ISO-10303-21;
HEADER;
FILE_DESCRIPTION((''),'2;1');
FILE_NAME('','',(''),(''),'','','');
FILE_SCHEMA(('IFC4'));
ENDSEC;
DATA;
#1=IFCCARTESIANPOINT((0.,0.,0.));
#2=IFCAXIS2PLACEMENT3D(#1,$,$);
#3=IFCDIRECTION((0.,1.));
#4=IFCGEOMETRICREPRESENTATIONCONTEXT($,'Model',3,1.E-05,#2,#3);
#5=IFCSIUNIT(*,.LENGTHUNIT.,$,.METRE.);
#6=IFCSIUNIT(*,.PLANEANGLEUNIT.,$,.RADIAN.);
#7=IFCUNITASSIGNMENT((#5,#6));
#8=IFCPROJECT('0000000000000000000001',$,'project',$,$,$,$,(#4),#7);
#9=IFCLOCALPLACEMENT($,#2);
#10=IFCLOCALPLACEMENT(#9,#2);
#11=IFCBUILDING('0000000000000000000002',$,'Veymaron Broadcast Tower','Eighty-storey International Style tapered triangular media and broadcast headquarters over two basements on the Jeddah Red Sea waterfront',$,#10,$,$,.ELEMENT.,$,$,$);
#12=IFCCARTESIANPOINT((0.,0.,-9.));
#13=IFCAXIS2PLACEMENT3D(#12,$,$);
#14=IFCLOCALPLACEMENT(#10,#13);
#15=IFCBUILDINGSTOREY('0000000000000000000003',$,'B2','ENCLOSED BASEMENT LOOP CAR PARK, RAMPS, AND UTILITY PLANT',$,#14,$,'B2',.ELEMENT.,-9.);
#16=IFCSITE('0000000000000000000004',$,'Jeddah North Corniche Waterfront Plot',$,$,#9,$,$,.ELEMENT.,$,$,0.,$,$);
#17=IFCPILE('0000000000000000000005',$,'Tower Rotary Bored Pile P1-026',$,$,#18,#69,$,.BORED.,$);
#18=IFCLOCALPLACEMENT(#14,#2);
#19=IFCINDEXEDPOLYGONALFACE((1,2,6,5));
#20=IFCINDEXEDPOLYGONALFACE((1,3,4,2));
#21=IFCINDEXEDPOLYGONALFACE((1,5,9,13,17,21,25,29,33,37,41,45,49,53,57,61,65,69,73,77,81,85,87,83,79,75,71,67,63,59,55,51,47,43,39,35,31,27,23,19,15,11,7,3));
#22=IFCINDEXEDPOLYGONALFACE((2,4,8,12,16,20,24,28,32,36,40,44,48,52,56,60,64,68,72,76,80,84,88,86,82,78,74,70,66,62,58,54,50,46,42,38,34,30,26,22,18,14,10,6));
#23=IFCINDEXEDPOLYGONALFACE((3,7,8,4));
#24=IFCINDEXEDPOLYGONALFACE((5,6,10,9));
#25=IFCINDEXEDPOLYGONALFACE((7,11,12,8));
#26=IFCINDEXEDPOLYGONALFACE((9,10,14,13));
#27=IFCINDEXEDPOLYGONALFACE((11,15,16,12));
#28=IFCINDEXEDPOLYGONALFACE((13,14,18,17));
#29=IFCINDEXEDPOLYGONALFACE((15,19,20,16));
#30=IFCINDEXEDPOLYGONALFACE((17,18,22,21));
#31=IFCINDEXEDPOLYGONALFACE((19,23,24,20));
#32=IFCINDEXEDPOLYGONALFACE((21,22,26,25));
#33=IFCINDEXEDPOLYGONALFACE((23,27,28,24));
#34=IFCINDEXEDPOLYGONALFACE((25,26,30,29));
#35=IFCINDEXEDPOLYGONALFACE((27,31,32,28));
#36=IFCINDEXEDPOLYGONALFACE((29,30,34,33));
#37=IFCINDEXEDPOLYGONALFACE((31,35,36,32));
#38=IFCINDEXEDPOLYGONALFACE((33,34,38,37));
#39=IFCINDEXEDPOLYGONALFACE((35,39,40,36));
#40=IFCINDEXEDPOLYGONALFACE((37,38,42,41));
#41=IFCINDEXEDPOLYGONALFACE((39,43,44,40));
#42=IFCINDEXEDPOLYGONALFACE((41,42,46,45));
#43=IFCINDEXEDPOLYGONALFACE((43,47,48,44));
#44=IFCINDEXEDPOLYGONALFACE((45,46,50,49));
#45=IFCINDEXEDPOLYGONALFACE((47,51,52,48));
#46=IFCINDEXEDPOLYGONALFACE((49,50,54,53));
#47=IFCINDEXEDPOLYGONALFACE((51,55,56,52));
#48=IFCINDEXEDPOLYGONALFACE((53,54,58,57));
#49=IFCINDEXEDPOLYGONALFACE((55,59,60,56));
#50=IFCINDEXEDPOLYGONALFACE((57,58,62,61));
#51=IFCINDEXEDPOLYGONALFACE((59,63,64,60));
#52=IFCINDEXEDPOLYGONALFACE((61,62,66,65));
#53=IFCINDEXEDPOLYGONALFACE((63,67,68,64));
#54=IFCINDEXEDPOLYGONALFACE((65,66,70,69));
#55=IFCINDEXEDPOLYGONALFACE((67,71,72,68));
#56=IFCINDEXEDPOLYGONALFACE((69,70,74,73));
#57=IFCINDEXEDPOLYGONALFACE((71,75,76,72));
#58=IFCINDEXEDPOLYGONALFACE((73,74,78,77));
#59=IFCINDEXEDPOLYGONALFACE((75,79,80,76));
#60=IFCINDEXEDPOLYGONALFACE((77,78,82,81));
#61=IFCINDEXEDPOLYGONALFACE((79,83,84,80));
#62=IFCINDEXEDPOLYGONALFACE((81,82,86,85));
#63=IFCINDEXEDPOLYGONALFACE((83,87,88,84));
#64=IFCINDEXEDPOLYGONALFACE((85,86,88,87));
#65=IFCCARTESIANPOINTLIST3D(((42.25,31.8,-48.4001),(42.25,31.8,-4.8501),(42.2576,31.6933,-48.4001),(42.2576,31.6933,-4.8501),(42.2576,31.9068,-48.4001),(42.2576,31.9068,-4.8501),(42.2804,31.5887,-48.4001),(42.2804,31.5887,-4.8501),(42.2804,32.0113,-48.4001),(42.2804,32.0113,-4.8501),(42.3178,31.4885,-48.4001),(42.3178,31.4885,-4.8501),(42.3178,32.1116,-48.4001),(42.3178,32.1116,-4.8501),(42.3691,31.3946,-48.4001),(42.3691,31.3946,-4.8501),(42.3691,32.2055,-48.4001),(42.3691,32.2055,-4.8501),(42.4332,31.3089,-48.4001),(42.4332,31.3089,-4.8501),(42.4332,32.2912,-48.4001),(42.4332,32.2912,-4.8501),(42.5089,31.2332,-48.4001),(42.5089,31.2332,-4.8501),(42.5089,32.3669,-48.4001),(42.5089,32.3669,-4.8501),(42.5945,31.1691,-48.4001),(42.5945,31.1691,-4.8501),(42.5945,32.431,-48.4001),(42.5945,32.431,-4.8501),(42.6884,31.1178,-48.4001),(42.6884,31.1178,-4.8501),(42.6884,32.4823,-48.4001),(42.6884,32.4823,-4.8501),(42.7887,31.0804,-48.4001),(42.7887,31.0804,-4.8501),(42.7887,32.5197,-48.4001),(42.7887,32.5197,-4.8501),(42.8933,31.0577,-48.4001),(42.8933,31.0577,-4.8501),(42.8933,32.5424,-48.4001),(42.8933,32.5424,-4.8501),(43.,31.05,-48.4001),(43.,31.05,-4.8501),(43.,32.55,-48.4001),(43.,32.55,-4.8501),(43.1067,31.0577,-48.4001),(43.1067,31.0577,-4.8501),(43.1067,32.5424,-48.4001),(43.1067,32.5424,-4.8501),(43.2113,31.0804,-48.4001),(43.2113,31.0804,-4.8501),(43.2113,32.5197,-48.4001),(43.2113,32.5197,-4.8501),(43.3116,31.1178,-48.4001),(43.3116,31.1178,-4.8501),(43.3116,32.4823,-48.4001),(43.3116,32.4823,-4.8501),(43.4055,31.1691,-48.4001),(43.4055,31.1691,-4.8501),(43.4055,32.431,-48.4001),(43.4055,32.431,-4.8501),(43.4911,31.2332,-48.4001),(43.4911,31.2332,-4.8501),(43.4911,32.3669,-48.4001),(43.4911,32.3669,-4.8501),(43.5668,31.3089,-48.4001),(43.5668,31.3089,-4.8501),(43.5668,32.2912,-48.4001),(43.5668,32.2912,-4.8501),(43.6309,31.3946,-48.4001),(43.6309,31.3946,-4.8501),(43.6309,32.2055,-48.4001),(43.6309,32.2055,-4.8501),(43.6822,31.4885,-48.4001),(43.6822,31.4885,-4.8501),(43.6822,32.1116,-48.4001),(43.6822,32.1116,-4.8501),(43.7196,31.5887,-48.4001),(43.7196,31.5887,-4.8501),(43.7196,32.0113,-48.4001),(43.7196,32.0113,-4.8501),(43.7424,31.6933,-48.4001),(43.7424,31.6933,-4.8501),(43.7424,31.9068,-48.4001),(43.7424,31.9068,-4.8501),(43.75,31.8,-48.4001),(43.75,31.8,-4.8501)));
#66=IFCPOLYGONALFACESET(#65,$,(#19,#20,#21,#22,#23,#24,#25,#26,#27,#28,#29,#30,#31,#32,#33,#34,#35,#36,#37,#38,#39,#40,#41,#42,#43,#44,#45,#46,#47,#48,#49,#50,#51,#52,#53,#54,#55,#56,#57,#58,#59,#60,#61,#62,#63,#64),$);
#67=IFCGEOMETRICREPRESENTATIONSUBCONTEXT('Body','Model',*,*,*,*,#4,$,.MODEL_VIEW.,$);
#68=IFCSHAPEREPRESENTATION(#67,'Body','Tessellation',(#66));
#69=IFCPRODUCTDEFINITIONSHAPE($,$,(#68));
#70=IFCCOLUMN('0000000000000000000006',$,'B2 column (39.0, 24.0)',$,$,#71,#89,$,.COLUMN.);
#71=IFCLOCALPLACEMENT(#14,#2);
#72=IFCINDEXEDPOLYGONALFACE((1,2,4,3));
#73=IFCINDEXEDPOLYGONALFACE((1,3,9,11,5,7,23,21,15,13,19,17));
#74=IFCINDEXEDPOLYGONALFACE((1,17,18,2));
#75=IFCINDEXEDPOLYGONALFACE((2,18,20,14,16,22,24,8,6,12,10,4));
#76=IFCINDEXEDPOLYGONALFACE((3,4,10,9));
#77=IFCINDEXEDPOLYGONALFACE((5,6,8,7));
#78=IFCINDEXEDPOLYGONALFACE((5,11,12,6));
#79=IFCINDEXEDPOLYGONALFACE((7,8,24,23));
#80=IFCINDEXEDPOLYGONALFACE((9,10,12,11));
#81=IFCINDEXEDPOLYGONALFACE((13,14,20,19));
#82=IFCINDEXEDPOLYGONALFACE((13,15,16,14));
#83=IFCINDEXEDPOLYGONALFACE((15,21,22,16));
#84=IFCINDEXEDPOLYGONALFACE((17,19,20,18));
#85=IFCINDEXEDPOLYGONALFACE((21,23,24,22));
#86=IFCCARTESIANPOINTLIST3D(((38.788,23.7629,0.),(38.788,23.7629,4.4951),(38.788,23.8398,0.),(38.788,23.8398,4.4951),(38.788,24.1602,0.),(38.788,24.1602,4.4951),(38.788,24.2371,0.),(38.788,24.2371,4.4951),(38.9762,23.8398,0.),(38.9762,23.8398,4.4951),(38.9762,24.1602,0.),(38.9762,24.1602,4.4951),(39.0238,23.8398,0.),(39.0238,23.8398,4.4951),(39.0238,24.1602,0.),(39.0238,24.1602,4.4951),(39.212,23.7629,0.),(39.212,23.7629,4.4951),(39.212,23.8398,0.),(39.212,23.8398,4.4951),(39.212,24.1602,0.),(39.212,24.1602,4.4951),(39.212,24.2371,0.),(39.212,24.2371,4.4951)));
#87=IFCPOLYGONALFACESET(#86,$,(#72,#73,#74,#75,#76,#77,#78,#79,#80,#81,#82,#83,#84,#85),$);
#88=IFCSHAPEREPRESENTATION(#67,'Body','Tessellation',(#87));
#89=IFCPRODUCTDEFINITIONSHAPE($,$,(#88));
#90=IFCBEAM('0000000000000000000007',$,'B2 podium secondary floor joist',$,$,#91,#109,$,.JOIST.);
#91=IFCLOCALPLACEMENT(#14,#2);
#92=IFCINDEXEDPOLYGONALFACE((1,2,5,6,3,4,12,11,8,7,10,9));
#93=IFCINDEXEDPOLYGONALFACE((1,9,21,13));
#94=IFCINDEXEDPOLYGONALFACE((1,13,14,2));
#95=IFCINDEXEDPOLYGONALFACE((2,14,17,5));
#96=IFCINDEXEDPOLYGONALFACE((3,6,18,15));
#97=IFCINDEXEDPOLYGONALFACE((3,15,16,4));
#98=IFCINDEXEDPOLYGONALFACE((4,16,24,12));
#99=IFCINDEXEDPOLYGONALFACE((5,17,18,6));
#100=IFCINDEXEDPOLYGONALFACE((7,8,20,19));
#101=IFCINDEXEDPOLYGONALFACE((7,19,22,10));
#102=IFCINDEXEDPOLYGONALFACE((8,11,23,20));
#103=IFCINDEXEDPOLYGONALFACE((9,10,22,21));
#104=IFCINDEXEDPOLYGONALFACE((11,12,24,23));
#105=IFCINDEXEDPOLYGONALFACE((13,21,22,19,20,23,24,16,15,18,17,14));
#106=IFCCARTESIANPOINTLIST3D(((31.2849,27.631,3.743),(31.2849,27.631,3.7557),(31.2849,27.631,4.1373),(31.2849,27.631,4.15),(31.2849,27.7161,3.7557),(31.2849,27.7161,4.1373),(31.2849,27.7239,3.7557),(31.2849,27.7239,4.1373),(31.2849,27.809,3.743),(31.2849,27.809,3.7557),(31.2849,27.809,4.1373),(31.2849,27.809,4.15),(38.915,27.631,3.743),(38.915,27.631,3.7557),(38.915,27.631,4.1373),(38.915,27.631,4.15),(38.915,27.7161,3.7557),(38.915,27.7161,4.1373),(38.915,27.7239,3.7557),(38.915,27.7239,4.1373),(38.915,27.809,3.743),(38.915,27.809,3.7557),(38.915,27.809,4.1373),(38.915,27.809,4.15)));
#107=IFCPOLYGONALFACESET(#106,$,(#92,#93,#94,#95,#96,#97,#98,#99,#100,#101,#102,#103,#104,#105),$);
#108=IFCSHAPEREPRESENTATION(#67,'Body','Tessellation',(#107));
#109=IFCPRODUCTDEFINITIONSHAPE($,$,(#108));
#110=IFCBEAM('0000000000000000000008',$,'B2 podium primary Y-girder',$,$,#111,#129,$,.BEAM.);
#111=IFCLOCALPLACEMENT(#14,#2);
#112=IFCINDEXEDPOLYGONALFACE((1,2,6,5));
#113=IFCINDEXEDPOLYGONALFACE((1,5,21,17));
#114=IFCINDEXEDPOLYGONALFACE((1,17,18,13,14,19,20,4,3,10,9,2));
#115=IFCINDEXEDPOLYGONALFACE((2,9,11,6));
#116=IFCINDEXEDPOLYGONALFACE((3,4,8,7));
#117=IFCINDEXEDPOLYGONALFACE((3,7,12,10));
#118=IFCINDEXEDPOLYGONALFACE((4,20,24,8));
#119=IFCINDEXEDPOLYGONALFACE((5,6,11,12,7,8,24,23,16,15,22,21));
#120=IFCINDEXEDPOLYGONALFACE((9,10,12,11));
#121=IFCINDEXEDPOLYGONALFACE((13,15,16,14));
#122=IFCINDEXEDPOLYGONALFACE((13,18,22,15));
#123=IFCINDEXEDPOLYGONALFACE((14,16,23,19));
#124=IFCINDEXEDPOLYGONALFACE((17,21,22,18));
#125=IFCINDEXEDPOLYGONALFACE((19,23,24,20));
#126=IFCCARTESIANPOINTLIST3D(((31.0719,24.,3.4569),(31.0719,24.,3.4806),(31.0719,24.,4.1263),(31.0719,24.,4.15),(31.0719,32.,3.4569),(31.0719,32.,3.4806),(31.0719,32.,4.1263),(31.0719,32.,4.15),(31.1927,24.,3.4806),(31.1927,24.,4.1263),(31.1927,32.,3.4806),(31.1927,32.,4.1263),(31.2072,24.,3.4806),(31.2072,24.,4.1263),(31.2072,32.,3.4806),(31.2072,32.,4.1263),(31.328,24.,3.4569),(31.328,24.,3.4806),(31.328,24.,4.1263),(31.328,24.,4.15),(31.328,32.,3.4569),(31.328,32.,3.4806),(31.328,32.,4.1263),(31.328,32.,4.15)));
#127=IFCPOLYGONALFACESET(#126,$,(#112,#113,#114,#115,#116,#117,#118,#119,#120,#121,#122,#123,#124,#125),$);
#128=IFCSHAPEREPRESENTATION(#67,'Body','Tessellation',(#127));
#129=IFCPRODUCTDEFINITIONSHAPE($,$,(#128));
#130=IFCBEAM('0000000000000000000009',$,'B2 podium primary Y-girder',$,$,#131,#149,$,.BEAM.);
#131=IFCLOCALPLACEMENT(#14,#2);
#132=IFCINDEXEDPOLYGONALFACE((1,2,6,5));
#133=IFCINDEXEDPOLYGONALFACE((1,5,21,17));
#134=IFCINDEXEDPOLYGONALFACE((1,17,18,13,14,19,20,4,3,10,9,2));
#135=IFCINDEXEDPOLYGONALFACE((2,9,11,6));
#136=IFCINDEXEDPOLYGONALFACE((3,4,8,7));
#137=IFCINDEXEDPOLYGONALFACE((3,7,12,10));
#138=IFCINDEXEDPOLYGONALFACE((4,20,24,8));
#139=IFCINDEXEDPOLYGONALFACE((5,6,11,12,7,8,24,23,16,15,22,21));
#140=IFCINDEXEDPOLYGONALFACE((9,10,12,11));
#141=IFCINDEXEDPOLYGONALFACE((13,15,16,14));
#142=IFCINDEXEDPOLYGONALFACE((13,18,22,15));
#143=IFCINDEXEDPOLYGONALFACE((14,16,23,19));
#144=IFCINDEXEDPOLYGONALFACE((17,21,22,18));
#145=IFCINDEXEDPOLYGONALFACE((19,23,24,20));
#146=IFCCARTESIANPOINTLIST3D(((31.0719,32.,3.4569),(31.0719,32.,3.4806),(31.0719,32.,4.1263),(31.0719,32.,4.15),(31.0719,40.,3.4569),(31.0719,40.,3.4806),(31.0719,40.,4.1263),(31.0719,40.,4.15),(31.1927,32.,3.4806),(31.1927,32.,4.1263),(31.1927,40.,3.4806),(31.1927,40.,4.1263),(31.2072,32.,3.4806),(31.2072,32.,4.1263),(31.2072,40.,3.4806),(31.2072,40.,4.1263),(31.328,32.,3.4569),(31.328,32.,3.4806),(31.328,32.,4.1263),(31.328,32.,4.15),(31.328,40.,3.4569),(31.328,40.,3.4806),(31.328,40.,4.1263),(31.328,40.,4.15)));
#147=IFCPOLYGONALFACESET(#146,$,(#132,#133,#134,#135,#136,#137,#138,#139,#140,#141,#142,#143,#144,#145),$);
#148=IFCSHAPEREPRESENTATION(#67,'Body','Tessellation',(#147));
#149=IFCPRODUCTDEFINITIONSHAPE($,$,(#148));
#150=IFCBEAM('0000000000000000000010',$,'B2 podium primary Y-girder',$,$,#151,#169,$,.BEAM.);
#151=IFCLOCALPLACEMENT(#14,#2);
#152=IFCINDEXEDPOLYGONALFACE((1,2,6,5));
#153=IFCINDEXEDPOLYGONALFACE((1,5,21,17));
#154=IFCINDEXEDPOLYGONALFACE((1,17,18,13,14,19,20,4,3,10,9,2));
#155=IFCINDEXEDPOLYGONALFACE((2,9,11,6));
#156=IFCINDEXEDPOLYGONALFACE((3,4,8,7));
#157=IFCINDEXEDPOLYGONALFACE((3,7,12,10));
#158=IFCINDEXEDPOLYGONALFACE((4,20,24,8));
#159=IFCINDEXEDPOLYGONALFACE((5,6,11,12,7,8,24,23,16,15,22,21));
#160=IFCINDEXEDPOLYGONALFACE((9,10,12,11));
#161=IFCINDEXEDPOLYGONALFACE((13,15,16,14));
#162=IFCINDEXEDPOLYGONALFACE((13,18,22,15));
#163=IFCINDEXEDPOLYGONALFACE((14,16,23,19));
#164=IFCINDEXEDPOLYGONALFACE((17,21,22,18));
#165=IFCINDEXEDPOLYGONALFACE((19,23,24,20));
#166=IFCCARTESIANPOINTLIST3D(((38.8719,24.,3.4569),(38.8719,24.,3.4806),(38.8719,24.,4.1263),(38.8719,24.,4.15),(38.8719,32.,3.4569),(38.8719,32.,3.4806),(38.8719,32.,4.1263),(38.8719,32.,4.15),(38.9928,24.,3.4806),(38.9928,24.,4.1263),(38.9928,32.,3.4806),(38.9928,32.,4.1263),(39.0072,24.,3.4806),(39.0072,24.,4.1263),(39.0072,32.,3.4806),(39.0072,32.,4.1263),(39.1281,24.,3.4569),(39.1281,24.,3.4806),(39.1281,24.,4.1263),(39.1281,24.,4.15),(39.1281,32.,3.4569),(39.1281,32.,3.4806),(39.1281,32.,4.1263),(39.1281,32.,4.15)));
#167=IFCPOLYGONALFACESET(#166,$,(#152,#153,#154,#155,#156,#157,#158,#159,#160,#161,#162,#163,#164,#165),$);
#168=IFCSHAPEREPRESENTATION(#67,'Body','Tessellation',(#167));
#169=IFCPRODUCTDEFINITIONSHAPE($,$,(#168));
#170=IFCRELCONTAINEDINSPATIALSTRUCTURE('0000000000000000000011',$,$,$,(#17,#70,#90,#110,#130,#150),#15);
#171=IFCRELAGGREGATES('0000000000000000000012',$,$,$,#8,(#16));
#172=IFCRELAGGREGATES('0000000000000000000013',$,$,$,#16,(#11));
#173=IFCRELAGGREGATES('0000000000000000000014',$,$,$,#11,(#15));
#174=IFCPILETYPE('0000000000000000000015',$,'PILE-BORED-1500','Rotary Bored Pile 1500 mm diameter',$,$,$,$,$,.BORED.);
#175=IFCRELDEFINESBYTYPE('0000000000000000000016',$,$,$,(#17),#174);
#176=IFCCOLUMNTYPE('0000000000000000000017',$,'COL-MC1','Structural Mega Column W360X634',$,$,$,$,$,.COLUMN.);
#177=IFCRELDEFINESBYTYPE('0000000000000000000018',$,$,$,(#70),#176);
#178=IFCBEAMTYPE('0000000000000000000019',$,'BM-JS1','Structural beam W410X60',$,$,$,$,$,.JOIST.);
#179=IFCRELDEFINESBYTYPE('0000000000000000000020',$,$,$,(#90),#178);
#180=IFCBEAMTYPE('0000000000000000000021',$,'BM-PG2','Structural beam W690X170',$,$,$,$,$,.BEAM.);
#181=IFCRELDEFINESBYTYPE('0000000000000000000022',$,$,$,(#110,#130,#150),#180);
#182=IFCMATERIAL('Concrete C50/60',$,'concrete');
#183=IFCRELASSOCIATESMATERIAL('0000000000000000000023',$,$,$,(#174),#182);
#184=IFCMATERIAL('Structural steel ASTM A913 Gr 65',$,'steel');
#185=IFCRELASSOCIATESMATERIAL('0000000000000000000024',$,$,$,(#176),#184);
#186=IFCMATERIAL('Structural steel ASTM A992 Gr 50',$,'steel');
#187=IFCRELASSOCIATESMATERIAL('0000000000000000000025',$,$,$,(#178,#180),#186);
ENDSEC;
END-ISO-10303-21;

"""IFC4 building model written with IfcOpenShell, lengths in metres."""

from ifc_helpers import new_model, si_unit, direction, frame, origin, origin_2d, place, context, subcontext, project, spatial, circle, i_section, extrude, material, material_profile, profile_set, type_object, element, save


model = new_model("IFC4")

# Units and contexts
model_context = context("Model", 3, precision=1e-05, world=origin(), true_north=direction((0.0, 1.0)))
body_context = subcontext(model_context, "Body", "Model", "MODEL_VIEW")
ifc_project = project(units=[si_unit("LENGTHUNIT", "METRE"), si_unit("PLANEANGLEUNIT", "RADIAN")], contexts=[model_context])

# Site, building, storey
site_placement = place(None, origin())
site = spatial("IfcSite", under=ifc_project, at=site_placement, Name="Jeddah North Corniche Waterfront Plot", CompositionType="ELEMENT", RefElevation=0.0)
building_placement = place(site_placement, origin())
building = spatial("IfcBuilding", under=site, at=building_placement, Name="Veymaron Broadcast Tower", Description="Eighty-storey International Style tapered triangular media and broadcast headquarters over two basements on the Jeddah Red Sea waterfront", CompositionType="ELEMENT")
storey_placement = place(building_placement, frame((0.0, 0.0, -9.0)))
storey = spatial("IfcBuildingStorey", under=building, at=storey_placement, Name="B2", Description="ENCLOSED BASEMENT LOOP CAR PARK, RAMPS, AND UTILITY PLANT", LongName="B2", CompositionType="ELEMENT", Elevation=-9.0)

# Shared definitions
ifc_material_1 = material(Name="Concrete C50/60", Category="concrete")

# Pile
ifc_material_profile_1 = material_profile(ifc_material_1, circle(Radius=0.75, at=origin_2d()), Name="PILE1500")
ifc_profile_set_1 = profile_set([ifc_material_profile_1], Name="Concrete C50/60")
pile_type = type_object("IfcPileType", Name="PILE-BORED-1500", Description="Rotary Bored Pile 1500 mm diameter", PredefinedType="BORED", material=ifc_profile_set_1)
for number, where, z_axis, x_axis, name in (
    (1, (43.0, 31.8, -4.8501), (0.0, 0.0, -1.0), (1.0, 0.0, 0.0), "Tower Rotary Bored Pile P1-026"),
):
    element("IfcPile", number, at=place(storey_placement, frame(where, z_axis=z_axis, x_axis=x_axis)), inside=storey, type_object=pile_type, Name=name, PredefinedType="BORED", context=body_context, shape_type="SweptSolid", body=[
        extrude(circle(Radius=0.75, at=origin_2d()), origin(), (0.0, 0.0, 1.0), 43.55),
    ])

# Column
ifc_material_2 = material(Name="Structural steel ASTM A913 Gr 65", Category="steel")
ifc_material_profile_2 = material_profile(ifc_material_2, i_section(OverallWidth=0.4241, OverallDepth=0.4741, WebThickness=0.0476, FlangeThickness=0.0769, at=origin_2d()), Name="W360X634")
ifc_profile_set_2 = profile_set([ifc_material_profile_2], Name="Structural steel ASTM A913 Gr 65")
column_type = type_object("IfcColumnType", Name="COL-MC1", Description="Structural Mega Column W360X634", PredefinedType="COLUMN", material=ifc_profile_set_2)
column_placement = place(storey_placement, frame((39.0, 24.0, 0.0), z_axis=(0.0, 0.0, 1.0), x_axis=(1.0, 0.0, 0.0)))
element("IfcColumn", 2, at=column_placement, inside=storey, type_object=column_type, Name="B2 column (39.0, 24.0)", PredefinedType="COLUMN", context=body_context, shape_type="SweptSolid", body=[
    extrude(i_section(OverallWidth=0.4241, OverallDepth=0.4741, WebThickness=0.0476, FlangeThickness=0.0769, at=origin_2d()), origin(), (0.0, 0.0, 1.0), 4.4951),
])

# Beams
ifc_material_3 = material(Name="Structural steel ASTM A992 Gr 50", Category="steel")
ifc_material_profile_3 = material_profile(ifc_material_3, i_section(OverallWidth=0.178, OverallDepth=0.407, WebThickness=0.0078, FlangeThickness=0.0127, at=origin_2d()), Name="W410X60")
ifc_profile_set_3 = profile_set([ifc_material_profile_3], Name="Structural steel ASTM A992 Gr 50")
beam_type_1 = type_object("IfcBeamType", Name="BM-JS1", Description="Structural beam W410X60", PredefinedType="JOIST", material=ifc_profile_set_3)
beam_placement = place(storey_placement, frame((31.2849, 27.72, 3.9465), z_axis=(1.0, 0.0, 0.0), x_axis=(0.0, 1.0, 0.0)))
element("IfcBeam", 3, at=beam_placement, inside=storey, type_object=beam_type_1, Name="B2 podium secondary floor joist", PredefinedType="JOIST", context=body_context, shape_type="SweptSolid", body=[
    extrude(i_section(OverallWidth=0.178, OverallDepth=0.407, WebThickness=0.0078, FlangeThickness=0.0127, at=origin_2d()), origin(), (0.0, 0.0, 1.0), 7.6301),
])
ifc_material_profile_4 = material_profile(ifc_material_3, i_section(OverallWidth=0.2561, OverallDepth=0.6931, WebThickness=0.0144, FlangeThickness=0.0237, at=origin_2d()), Name="W690X170")
ifc_profile_set_4 = profile_set([ifc_material_profile_4], Name="Structural steel ASTM A992 Gr 50")
beam_type_2 = type_object("IfcBeamType", Name="BM-PG2", Description="Structural beam W690X170", PredefinedType="BEAM", material=ifc_profile_set_4)
for number, where, z_axis, x_axis, name in (
    (4, (31.2, 24.0, 3.8035), (0.0, 1.0, 0.0), (-1.0, 0.0, 0.0), "B2 podium primary Y-girder"),
    (5, (31.2, 32.0, 3.8035), (0.0, 1.0, 0.0), (-1.0, 0.0, 0.0), "B2 podium primary Y-girder"),
    (6, (39.0, 24.0, 3.8035), (0.0, 1.0, 0.0), (-1.0, 0.0, 0.0), "B2 podium primary Y-girder"),
):
    element("IfcBeam", number, at=place(storey_placement, frame(where, z_axis=z_axis, x_axis=x_axis)), inside=storey, type_object=beam_type_2, Name=name, PredefinedType="BEAM", context=body_context, shape_type="SweptSolid", body=[
        extrude(i_section(OverallWidth=0.2561, OverallDepth=0.6931, WebThickness=0.0144, FlangeThickness=0.0237, at=origin_2d()), origin(), (0.0, 0.0, 1.0), 8.0),
    ])

save(model, "model.ifc")
